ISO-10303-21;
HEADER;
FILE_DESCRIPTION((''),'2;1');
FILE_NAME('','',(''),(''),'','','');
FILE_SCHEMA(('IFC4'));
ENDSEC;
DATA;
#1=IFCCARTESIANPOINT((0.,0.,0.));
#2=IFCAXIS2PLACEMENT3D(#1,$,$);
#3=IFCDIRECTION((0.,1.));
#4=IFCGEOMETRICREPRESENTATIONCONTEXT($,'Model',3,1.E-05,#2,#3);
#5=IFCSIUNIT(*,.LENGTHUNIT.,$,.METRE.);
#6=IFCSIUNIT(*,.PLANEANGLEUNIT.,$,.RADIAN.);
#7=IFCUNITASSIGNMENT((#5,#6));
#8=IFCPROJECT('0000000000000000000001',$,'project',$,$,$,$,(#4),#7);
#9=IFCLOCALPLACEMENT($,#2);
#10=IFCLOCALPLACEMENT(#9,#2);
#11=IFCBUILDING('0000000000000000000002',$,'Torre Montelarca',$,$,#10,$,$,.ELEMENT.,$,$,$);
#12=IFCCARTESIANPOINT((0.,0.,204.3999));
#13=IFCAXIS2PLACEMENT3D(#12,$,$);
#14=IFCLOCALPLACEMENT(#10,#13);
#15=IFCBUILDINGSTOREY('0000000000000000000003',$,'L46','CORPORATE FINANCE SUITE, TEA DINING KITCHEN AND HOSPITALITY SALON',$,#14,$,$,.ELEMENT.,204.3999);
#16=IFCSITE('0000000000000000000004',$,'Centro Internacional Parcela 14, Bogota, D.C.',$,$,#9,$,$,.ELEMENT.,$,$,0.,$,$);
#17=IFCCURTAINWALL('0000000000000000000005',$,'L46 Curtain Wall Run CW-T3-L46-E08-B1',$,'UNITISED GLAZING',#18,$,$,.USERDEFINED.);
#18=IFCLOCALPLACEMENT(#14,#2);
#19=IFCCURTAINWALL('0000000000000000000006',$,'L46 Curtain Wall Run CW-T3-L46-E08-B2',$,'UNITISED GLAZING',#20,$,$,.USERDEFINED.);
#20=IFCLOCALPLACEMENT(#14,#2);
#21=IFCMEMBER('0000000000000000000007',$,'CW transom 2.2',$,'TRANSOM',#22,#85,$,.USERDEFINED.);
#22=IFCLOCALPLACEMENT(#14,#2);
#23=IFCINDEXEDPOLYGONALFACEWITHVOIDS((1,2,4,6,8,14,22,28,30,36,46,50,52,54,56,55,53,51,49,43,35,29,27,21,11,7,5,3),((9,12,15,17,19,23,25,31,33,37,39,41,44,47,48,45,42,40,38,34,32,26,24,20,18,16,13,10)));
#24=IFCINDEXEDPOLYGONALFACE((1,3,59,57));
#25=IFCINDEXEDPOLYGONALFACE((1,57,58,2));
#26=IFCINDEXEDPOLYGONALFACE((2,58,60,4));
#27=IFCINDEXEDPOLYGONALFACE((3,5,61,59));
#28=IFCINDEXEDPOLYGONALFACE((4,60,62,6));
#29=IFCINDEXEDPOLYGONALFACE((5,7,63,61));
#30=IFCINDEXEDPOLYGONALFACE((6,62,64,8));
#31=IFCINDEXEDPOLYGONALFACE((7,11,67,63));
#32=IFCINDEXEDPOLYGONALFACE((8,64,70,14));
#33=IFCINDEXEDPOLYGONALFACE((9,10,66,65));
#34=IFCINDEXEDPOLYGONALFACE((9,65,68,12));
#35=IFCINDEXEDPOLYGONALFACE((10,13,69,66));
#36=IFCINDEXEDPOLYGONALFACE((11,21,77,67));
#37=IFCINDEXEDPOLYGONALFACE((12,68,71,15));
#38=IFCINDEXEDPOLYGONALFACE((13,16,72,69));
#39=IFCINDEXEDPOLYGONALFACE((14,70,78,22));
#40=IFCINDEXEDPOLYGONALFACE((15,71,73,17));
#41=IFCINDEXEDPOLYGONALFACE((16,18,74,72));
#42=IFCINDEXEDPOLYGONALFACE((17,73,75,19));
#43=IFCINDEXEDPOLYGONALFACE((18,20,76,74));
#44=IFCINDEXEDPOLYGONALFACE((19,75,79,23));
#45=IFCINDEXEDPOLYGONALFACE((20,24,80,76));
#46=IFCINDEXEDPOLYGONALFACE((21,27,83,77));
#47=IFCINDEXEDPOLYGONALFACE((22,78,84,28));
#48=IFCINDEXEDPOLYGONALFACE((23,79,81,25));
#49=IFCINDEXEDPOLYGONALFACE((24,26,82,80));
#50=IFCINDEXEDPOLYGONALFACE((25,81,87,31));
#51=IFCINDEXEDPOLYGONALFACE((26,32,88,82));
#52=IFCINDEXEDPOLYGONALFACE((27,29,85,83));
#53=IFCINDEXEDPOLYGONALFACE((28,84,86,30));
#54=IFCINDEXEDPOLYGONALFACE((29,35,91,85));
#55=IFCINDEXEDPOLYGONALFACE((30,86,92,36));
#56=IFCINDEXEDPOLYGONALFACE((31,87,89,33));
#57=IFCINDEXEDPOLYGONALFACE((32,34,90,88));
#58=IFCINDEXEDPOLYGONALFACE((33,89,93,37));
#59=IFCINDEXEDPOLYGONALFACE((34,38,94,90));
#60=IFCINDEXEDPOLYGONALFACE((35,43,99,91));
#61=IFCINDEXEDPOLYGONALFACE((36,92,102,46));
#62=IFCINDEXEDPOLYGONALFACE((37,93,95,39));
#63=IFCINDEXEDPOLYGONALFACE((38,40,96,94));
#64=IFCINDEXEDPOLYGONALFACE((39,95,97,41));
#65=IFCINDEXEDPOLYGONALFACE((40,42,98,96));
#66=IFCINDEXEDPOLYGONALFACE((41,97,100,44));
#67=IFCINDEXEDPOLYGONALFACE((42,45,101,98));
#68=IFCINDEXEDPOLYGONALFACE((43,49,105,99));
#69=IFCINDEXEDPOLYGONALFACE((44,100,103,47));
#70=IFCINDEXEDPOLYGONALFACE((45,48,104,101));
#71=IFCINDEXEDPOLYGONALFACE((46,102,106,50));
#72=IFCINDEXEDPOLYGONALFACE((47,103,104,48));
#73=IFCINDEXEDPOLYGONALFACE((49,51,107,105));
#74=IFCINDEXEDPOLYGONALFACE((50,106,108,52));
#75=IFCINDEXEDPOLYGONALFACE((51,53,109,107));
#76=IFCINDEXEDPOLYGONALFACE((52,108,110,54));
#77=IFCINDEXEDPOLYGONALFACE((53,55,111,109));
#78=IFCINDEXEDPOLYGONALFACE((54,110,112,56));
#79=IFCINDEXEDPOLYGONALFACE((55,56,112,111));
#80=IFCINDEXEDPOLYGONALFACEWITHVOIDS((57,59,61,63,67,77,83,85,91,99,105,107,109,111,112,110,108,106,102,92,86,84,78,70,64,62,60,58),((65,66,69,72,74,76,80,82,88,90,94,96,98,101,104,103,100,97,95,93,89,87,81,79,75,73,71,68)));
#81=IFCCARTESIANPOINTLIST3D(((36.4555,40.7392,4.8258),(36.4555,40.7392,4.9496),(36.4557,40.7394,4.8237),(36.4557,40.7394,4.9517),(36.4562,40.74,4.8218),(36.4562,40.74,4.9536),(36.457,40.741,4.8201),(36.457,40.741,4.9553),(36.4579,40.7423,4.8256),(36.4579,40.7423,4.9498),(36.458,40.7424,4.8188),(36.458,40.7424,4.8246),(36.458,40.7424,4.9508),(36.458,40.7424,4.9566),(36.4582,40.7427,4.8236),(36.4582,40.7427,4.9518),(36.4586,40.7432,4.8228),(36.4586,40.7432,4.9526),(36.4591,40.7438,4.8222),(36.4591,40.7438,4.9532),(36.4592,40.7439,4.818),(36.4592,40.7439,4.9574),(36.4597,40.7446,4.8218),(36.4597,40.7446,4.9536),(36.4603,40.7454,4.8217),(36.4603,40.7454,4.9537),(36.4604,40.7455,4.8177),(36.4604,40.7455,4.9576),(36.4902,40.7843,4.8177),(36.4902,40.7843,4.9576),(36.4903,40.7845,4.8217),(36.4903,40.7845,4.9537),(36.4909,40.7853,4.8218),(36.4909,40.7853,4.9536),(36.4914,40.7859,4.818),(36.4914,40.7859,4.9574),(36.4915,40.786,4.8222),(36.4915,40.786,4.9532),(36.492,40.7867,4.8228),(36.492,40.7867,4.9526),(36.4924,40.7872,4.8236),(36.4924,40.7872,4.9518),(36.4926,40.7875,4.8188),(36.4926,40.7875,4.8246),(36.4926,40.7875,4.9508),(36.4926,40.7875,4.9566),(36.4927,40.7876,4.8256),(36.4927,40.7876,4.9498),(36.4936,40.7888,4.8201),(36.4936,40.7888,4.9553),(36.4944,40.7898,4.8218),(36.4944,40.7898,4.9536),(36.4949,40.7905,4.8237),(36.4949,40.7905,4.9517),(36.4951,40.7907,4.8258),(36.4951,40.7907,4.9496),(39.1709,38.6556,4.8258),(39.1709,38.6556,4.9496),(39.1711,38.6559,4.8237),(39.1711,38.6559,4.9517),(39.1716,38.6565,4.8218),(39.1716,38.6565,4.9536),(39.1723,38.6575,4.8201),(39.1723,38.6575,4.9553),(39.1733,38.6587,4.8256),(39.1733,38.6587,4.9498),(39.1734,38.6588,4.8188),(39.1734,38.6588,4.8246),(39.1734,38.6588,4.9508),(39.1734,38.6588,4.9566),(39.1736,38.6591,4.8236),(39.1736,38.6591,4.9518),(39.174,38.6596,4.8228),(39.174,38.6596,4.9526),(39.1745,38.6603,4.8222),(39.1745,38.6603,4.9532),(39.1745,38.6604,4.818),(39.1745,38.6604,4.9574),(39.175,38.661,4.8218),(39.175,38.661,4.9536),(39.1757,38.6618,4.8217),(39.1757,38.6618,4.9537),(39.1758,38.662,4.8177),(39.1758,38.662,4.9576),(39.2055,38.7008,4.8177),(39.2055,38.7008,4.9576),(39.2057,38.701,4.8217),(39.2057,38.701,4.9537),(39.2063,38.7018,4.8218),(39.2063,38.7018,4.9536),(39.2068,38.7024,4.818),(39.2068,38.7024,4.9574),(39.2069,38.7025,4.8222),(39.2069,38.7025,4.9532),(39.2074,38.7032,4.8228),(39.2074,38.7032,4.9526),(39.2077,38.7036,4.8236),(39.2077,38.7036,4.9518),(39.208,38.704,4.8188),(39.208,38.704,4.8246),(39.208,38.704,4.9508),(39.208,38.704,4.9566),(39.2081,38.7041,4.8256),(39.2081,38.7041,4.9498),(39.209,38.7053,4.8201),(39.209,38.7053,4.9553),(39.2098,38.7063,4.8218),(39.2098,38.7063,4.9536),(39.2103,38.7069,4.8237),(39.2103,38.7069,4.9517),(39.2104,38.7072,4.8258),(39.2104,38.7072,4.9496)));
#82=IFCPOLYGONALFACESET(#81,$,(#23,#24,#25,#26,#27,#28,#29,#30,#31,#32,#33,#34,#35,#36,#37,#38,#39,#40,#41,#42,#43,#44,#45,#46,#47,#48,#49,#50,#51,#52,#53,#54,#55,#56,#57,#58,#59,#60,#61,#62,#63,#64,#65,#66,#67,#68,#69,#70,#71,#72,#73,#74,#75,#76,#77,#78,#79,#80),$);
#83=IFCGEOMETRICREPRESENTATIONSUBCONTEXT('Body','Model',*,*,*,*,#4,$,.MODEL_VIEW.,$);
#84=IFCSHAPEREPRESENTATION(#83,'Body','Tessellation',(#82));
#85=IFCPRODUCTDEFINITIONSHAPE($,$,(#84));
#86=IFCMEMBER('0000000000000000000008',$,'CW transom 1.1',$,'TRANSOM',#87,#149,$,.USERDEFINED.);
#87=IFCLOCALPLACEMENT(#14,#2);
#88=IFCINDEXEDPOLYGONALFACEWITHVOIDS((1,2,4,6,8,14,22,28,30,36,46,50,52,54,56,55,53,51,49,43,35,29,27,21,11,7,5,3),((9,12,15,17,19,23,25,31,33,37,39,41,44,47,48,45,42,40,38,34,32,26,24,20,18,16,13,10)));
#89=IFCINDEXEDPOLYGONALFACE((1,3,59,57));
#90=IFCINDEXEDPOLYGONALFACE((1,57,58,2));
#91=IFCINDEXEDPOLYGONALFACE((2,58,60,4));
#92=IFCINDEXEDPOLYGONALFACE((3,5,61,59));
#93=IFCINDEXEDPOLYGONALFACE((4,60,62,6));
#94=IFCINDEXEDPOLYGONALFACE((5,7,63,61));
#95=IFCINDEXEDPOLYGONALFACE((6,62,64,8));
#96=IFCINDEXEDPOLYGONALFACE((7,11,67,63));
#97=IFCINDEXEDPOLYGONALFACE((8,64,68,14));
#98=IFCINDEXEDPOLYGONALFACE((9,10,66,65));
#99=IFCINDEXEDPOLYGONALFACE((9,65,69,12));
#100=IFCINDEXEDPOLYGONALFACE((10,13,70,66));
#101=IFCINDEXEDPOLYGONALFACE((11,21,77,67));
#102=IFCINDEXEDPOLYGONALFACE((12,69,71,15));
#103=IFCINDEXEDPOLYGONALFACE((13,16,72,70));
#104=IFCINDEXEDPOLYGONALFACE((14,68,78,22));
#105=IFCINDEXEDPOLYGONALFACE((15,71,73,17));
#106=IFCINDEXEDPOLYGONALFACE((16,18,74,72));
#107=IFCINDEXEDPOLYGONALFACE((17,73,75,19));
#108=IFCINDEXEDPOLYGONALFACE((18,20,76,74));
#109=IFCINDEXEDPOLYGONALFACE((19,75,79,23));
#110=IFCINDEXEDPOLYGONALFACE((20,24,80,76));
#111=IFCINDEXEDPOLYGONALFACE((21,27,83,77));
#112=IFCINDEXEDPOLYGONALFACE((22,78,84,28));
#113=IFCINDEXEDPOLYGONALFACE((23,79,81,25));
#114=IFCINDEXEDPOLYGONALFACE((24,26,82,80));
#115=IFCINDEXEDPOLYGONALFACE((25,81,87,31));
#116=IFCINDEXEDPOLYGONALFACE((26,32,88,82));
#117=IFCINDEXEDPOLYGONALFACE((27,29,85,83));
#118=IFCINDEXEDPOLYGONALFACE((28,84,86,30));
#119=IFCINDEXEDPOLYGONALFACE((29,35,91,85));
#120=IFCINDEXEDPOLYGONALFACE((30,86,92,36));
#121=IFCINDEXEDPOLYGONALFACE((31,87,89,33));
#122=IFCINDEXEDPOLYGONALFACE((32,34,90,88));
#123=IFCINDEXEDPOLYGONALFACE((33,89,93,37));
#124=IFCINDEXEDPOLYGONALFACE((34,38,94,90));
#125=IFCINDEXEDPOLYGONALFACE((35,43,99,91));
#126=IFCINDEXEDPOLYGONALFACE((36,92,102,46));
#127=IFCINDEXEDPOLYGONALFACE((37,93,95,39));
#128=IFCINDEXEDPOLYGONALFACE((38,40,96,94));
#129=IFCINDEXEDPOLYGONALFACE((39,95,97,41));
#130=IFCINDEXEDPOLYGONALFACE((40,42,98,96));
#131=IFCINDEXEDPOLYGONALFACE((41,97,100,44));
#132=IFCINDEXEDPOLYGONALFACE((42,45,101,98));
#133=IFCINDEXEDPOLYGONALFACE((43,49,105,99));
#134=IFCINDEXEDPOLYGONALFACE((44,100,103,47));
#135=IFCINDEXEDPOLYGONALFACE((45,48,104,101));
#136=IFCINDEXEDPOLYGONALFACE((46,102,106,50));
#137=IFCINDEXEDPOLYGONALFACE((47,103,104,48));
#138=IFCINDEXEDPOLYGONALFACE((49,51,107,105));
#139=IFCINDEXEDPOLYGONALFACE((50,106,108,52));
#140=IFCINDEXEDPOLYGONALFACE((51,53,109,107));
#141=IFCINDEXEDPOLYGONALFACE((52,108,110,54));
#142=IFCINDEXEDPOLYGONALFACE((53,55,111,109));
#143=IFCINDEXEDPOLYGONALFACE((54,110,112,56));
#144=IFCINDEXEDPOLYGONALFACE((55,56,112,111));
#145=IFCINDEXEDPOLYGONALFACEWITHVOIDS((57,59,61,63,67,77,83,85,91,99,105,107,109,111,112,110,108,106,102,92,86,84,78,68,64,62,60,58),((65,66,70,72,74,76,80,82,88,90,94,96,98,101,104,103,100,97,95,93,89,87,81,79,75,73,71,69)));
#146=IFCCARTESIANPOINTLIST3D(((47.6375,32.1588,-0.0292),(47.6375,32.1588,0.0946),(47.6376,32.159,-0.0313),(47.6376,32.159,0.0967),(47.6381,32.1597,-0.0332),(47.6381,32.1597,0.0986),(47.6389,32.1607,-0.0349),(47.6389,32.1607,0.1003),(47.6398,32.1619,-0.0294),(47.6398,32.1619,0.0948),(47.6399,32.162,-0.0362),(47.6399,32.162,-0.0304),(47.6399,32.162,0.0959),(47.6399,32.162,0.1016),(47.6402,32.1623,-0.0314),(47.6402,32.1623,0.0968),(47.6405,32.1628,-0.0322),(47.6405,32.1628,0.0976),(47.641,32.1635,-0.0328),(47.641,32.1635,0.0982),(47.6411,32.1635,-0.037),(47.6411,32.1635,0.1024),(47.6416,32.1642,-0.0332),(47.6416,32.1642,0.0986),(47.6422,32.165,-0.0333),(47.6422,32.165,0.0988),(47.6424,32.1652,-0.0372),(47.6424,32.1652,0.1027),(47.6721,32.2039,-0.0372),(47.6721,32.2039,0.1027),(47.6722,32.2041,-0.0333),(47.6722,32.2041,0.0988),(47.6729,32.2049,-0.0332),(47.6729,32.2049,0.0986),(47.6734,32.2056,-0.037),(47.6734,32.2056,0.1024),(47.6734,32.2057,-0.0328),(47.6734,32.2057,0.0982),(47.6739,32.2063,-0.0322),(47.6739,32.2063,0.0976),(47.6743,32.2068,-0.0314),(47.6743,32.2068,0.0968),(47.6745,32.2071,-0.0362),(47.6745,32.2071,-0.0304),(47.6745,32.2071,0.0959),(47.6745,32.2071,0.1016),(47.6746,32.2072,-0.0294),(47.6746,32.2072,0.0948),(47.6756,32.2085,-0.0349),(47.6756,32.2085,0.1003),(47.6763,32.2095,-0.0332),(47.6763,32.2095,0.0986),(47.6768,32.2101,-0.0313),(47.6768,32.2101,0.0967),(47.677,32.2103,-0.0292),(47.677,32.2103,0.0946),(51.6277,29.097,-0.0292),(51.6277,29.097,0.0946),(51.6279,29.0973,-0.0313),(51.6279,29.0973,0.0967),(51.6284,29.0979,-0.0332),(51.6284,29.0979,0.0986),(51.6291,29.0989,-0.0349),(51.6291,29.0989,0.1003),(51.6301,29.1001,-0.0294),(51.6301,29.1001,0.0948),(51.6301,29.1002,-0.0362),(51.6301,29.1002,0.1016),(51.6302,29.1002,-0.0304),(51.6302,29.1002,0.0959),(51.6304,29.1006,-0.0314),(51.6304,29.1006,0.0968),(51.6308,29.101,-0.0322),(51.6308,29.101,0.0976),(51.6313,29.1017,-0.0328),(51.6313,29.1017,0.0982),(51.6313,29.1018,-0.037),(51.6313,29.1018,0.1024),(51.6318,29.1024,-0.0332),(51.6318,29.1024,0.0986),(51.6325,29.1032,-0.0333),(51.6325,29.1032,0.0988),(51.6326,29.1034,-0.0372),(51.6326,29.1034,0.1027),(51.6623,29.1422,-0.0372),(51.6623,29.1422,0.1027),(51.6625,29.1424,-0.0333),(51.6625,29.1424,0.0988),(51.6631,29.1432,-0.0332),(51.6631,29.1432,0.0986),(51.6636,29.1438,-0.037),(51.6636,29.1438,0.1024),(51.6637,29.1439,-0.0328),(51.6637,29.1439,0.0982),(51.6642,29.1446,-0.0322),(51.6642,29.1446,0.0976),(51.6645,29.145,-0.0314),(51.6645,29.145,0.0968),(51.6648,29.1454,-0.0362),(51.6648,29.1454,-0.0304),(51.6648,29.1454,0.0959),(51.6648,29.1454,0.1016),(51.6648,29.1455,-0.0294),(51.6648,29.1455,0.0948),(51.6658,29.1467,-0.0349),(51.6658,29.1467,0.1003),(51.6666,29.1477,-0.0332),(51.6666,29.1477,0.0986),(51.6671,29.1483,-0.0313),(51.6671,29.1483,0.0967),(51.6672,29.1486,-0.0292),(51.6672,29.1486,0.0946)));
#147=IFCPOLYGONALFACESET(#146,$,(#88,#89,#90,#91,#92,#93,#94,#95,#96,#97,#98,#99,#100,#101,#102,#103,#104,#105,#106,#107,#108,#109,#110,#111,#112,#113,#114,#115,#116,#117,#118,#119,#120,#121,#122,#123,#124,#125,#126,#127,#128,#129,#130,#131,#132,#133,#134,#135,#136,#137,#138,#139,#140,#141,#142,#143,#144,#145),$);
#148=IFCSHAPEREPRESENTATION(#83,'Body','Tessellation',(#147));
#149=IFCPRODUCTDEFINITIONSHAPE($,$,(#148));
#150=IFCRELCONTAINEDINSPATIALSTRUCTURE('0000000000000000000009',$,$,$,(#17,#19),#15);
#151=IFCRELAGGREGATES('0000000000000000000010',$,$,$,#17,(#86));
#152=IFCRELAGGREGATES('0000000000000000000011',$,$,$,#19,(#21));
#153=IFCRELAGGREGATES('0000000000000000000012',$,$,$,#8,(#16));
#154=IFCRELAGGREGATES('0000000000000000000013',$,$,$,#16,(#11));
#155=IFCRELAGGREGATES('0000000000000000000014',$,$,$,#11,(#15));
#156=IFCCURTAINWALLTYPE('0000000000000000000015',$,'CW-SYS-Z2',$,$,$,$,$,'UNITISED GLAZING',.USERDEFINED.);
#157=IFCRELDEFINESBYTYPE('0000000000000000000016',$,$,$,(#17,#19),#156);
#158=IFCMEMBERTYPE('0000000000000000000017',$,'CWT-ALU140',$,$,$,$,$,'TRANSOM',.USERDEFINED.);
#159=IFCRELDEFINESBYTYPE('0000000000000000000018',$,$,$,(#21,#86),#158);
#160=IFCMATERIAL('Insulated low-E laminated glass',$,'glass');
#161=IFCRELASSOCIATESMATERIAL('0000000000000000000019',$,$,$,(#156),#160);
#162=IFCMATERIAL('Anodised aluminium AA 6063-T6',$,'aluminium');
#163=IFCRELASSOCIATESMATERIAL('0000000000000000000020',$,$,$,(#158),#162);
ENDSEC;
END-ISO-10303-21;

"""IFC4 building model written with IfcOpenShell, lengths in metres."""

from ifc_helpers import new_model, si_unit, direction, frame, origin, origin_2d, place, context, subcontext, project, spatial, hollow_rectangle, extrude, source, transform, mapped, material, material_profile, profile_set, type_object, element, aggregate, save


model = new_model("IFC4")

# Units and contexts
model_context = context("Model", 3, precision=1e-05, world=origin(), true_north=direction((0.0, 1.0)))
body_context = subcontext(model_context, "Body", "Model", "MODEL_VIEW")
ifc_project = project(units=[si_unit("LENGTHUNIT", "METRE"), si_unit("PLANEANGLEUNIT", "RADIAN")], contexts=[model_context])

# Site, building, storey
site_placement = place(None, origin())
site = spatial("IfcSite", under=ifc_project, at=site_placement, Name="Centro Internacional Parcela 14, Bogota, D.C.", CompositionType="ELEMENT", RefElevation=0.0)
building_placement = place(site_placement, origin())
building = spatial("IfcBuilding", under=site, at=building_placement, Name="Torre Montelarca", CompositionType="ELEMENT")
storey_placement = place(building_placement, frame((0.0, 0.0, 204.3999)))
storey = spatial("IfcBuildingStorey", under=building, at=storey_placement, Name="L46", Description="CORPORATE FINANCE SUITE, TEA DINING KITCHEN AND HOSPITALITY SALON", CompositionType="ELEMENT", Elevation=204.3999)

# Shared definitions
ifc_material_1 = material(Name="Insulated low-E laminated glass", Category="glass")
curtain_wall_type = type_object("IfcCurtainWallType", Name="CW-SYS-Z2", ElementType="UNITISED GLAZING", PredefinedType="USERDEFINED", material=ifc_material_1)
ifc_material_2 = material(Name="Anodised aluminium AA 6063-T6", Category="aluminium")

# Curtain walls
curtain_wall_1_placement = place(storey_placement, origin())
curtain_wall_1 = element("IfcCurtainWall", 1, at=curtain_wall_1_placement, inside=storey, type_object=curtain_wall_type, Name="L46 Curtain Wall Run CW-T3-L46-E08-B1", ObjectType="UNITISED GLAZING", PredefinedType="USERDEFINED")
curtain_wall_2_placement = place(storey_placement, origin())
curtain_wall_2 = element("IfcCurtainWall", 2, at=curtain_wall_2_placement, inside=storey, type_object=curtain_wall_type, Name="L46 Curtain Wall Run CW-T3-L46-E08-B2", ObjectType="UNITISED GLAZING", PredefinedType="USERDEFINED")

# Members
ifc_material_profile_1 = material_profile(ifc_material_2, hollow_rectangle(XDim=0.0649, YDim=0.1399, WallThickness=0.0039, InnerFilletRadius=0.0039, OuterFilletRadius=0.0081, at=origin_2d()), Name="ALU65X140X4", Category="aluminium")
ifc_profile_set_1 = profile_set([ifc_material_profile_1], Name="Anodised aluminium AA 6063-T6")
member_type_1 = type_object("IfcMemberType", Name="CWT-ALU140", ElementType="TRANSOM", PredefinedType="USERDEFINED", material=ifc_profile_set_1)
shared_shape_1 = source(origin(), body_context, "Body", "SweptSolid", [
    extrude(hollow_rectangle(XDim=0.0649, YDim=0.1399, WallThickness=0.0039, InnerFilletRadius=0.0039, OuterFilletRadius=0.0081, at=origin_2d()), origin(), (0.0, 0.0, 1.0), 3.4226),
])
member_1_placement = place(storey_placement, frame((39.1907, 38.6814, 4.8877), z_axis=(-0.793361, 0.608752, 0.0), x_axis=(-0.608752, -0.793361, 0.0)))
member_1 = element("IfcMember", 3, at=member_1_placement, type_object=member_type_1, Name="CW transom 2.2", ObjectType="TRANSOM", PredefinedType="USERDEFINED", context=body_context, shape_type="MappedRepresentation", body=[
    mapped(shared_shape_1, transform((0.0, 0.0, 0.0), scale=1.0)),
])
shared_shape_2 = source(origin(), body_context, "Body", "SweptSolid", [
    extrude(hollow_rectangle(XDim=0.0649, YDim=0.1399, WallThickness=0.0039, InnerFilletRadius=0.0039, OuterFilletRadius=0.0081, at=origin_2d()), origin(), (0.0, 0.0, 1.0), 5.0295),
])
member_2_placement = place(storey_placement, frame((51.6475, 29.1228, 0.0327), z_axis=(-0.793358, 0.608756, 0.0), x_axis=(-0.608756, -0.793358, 0.0)))
member_2 = element("IfcMember", 4, at=member_2_placement, type_object=member_type_1, Name="CW transom 1.1", ObjectType="TRANSOM", PredefinedType="USERDEFINED", context=body_context, shape_type="MappedRepresentation", body=[
    mapped(shared_shape_2, transform((0.0, 0.0, 0.0), scale=1.0)),
])

aggregate(curtain_wall_1, [member_2])
aggregate(curtain_wall_2, [member_1])

save(model, "model.ifc")
